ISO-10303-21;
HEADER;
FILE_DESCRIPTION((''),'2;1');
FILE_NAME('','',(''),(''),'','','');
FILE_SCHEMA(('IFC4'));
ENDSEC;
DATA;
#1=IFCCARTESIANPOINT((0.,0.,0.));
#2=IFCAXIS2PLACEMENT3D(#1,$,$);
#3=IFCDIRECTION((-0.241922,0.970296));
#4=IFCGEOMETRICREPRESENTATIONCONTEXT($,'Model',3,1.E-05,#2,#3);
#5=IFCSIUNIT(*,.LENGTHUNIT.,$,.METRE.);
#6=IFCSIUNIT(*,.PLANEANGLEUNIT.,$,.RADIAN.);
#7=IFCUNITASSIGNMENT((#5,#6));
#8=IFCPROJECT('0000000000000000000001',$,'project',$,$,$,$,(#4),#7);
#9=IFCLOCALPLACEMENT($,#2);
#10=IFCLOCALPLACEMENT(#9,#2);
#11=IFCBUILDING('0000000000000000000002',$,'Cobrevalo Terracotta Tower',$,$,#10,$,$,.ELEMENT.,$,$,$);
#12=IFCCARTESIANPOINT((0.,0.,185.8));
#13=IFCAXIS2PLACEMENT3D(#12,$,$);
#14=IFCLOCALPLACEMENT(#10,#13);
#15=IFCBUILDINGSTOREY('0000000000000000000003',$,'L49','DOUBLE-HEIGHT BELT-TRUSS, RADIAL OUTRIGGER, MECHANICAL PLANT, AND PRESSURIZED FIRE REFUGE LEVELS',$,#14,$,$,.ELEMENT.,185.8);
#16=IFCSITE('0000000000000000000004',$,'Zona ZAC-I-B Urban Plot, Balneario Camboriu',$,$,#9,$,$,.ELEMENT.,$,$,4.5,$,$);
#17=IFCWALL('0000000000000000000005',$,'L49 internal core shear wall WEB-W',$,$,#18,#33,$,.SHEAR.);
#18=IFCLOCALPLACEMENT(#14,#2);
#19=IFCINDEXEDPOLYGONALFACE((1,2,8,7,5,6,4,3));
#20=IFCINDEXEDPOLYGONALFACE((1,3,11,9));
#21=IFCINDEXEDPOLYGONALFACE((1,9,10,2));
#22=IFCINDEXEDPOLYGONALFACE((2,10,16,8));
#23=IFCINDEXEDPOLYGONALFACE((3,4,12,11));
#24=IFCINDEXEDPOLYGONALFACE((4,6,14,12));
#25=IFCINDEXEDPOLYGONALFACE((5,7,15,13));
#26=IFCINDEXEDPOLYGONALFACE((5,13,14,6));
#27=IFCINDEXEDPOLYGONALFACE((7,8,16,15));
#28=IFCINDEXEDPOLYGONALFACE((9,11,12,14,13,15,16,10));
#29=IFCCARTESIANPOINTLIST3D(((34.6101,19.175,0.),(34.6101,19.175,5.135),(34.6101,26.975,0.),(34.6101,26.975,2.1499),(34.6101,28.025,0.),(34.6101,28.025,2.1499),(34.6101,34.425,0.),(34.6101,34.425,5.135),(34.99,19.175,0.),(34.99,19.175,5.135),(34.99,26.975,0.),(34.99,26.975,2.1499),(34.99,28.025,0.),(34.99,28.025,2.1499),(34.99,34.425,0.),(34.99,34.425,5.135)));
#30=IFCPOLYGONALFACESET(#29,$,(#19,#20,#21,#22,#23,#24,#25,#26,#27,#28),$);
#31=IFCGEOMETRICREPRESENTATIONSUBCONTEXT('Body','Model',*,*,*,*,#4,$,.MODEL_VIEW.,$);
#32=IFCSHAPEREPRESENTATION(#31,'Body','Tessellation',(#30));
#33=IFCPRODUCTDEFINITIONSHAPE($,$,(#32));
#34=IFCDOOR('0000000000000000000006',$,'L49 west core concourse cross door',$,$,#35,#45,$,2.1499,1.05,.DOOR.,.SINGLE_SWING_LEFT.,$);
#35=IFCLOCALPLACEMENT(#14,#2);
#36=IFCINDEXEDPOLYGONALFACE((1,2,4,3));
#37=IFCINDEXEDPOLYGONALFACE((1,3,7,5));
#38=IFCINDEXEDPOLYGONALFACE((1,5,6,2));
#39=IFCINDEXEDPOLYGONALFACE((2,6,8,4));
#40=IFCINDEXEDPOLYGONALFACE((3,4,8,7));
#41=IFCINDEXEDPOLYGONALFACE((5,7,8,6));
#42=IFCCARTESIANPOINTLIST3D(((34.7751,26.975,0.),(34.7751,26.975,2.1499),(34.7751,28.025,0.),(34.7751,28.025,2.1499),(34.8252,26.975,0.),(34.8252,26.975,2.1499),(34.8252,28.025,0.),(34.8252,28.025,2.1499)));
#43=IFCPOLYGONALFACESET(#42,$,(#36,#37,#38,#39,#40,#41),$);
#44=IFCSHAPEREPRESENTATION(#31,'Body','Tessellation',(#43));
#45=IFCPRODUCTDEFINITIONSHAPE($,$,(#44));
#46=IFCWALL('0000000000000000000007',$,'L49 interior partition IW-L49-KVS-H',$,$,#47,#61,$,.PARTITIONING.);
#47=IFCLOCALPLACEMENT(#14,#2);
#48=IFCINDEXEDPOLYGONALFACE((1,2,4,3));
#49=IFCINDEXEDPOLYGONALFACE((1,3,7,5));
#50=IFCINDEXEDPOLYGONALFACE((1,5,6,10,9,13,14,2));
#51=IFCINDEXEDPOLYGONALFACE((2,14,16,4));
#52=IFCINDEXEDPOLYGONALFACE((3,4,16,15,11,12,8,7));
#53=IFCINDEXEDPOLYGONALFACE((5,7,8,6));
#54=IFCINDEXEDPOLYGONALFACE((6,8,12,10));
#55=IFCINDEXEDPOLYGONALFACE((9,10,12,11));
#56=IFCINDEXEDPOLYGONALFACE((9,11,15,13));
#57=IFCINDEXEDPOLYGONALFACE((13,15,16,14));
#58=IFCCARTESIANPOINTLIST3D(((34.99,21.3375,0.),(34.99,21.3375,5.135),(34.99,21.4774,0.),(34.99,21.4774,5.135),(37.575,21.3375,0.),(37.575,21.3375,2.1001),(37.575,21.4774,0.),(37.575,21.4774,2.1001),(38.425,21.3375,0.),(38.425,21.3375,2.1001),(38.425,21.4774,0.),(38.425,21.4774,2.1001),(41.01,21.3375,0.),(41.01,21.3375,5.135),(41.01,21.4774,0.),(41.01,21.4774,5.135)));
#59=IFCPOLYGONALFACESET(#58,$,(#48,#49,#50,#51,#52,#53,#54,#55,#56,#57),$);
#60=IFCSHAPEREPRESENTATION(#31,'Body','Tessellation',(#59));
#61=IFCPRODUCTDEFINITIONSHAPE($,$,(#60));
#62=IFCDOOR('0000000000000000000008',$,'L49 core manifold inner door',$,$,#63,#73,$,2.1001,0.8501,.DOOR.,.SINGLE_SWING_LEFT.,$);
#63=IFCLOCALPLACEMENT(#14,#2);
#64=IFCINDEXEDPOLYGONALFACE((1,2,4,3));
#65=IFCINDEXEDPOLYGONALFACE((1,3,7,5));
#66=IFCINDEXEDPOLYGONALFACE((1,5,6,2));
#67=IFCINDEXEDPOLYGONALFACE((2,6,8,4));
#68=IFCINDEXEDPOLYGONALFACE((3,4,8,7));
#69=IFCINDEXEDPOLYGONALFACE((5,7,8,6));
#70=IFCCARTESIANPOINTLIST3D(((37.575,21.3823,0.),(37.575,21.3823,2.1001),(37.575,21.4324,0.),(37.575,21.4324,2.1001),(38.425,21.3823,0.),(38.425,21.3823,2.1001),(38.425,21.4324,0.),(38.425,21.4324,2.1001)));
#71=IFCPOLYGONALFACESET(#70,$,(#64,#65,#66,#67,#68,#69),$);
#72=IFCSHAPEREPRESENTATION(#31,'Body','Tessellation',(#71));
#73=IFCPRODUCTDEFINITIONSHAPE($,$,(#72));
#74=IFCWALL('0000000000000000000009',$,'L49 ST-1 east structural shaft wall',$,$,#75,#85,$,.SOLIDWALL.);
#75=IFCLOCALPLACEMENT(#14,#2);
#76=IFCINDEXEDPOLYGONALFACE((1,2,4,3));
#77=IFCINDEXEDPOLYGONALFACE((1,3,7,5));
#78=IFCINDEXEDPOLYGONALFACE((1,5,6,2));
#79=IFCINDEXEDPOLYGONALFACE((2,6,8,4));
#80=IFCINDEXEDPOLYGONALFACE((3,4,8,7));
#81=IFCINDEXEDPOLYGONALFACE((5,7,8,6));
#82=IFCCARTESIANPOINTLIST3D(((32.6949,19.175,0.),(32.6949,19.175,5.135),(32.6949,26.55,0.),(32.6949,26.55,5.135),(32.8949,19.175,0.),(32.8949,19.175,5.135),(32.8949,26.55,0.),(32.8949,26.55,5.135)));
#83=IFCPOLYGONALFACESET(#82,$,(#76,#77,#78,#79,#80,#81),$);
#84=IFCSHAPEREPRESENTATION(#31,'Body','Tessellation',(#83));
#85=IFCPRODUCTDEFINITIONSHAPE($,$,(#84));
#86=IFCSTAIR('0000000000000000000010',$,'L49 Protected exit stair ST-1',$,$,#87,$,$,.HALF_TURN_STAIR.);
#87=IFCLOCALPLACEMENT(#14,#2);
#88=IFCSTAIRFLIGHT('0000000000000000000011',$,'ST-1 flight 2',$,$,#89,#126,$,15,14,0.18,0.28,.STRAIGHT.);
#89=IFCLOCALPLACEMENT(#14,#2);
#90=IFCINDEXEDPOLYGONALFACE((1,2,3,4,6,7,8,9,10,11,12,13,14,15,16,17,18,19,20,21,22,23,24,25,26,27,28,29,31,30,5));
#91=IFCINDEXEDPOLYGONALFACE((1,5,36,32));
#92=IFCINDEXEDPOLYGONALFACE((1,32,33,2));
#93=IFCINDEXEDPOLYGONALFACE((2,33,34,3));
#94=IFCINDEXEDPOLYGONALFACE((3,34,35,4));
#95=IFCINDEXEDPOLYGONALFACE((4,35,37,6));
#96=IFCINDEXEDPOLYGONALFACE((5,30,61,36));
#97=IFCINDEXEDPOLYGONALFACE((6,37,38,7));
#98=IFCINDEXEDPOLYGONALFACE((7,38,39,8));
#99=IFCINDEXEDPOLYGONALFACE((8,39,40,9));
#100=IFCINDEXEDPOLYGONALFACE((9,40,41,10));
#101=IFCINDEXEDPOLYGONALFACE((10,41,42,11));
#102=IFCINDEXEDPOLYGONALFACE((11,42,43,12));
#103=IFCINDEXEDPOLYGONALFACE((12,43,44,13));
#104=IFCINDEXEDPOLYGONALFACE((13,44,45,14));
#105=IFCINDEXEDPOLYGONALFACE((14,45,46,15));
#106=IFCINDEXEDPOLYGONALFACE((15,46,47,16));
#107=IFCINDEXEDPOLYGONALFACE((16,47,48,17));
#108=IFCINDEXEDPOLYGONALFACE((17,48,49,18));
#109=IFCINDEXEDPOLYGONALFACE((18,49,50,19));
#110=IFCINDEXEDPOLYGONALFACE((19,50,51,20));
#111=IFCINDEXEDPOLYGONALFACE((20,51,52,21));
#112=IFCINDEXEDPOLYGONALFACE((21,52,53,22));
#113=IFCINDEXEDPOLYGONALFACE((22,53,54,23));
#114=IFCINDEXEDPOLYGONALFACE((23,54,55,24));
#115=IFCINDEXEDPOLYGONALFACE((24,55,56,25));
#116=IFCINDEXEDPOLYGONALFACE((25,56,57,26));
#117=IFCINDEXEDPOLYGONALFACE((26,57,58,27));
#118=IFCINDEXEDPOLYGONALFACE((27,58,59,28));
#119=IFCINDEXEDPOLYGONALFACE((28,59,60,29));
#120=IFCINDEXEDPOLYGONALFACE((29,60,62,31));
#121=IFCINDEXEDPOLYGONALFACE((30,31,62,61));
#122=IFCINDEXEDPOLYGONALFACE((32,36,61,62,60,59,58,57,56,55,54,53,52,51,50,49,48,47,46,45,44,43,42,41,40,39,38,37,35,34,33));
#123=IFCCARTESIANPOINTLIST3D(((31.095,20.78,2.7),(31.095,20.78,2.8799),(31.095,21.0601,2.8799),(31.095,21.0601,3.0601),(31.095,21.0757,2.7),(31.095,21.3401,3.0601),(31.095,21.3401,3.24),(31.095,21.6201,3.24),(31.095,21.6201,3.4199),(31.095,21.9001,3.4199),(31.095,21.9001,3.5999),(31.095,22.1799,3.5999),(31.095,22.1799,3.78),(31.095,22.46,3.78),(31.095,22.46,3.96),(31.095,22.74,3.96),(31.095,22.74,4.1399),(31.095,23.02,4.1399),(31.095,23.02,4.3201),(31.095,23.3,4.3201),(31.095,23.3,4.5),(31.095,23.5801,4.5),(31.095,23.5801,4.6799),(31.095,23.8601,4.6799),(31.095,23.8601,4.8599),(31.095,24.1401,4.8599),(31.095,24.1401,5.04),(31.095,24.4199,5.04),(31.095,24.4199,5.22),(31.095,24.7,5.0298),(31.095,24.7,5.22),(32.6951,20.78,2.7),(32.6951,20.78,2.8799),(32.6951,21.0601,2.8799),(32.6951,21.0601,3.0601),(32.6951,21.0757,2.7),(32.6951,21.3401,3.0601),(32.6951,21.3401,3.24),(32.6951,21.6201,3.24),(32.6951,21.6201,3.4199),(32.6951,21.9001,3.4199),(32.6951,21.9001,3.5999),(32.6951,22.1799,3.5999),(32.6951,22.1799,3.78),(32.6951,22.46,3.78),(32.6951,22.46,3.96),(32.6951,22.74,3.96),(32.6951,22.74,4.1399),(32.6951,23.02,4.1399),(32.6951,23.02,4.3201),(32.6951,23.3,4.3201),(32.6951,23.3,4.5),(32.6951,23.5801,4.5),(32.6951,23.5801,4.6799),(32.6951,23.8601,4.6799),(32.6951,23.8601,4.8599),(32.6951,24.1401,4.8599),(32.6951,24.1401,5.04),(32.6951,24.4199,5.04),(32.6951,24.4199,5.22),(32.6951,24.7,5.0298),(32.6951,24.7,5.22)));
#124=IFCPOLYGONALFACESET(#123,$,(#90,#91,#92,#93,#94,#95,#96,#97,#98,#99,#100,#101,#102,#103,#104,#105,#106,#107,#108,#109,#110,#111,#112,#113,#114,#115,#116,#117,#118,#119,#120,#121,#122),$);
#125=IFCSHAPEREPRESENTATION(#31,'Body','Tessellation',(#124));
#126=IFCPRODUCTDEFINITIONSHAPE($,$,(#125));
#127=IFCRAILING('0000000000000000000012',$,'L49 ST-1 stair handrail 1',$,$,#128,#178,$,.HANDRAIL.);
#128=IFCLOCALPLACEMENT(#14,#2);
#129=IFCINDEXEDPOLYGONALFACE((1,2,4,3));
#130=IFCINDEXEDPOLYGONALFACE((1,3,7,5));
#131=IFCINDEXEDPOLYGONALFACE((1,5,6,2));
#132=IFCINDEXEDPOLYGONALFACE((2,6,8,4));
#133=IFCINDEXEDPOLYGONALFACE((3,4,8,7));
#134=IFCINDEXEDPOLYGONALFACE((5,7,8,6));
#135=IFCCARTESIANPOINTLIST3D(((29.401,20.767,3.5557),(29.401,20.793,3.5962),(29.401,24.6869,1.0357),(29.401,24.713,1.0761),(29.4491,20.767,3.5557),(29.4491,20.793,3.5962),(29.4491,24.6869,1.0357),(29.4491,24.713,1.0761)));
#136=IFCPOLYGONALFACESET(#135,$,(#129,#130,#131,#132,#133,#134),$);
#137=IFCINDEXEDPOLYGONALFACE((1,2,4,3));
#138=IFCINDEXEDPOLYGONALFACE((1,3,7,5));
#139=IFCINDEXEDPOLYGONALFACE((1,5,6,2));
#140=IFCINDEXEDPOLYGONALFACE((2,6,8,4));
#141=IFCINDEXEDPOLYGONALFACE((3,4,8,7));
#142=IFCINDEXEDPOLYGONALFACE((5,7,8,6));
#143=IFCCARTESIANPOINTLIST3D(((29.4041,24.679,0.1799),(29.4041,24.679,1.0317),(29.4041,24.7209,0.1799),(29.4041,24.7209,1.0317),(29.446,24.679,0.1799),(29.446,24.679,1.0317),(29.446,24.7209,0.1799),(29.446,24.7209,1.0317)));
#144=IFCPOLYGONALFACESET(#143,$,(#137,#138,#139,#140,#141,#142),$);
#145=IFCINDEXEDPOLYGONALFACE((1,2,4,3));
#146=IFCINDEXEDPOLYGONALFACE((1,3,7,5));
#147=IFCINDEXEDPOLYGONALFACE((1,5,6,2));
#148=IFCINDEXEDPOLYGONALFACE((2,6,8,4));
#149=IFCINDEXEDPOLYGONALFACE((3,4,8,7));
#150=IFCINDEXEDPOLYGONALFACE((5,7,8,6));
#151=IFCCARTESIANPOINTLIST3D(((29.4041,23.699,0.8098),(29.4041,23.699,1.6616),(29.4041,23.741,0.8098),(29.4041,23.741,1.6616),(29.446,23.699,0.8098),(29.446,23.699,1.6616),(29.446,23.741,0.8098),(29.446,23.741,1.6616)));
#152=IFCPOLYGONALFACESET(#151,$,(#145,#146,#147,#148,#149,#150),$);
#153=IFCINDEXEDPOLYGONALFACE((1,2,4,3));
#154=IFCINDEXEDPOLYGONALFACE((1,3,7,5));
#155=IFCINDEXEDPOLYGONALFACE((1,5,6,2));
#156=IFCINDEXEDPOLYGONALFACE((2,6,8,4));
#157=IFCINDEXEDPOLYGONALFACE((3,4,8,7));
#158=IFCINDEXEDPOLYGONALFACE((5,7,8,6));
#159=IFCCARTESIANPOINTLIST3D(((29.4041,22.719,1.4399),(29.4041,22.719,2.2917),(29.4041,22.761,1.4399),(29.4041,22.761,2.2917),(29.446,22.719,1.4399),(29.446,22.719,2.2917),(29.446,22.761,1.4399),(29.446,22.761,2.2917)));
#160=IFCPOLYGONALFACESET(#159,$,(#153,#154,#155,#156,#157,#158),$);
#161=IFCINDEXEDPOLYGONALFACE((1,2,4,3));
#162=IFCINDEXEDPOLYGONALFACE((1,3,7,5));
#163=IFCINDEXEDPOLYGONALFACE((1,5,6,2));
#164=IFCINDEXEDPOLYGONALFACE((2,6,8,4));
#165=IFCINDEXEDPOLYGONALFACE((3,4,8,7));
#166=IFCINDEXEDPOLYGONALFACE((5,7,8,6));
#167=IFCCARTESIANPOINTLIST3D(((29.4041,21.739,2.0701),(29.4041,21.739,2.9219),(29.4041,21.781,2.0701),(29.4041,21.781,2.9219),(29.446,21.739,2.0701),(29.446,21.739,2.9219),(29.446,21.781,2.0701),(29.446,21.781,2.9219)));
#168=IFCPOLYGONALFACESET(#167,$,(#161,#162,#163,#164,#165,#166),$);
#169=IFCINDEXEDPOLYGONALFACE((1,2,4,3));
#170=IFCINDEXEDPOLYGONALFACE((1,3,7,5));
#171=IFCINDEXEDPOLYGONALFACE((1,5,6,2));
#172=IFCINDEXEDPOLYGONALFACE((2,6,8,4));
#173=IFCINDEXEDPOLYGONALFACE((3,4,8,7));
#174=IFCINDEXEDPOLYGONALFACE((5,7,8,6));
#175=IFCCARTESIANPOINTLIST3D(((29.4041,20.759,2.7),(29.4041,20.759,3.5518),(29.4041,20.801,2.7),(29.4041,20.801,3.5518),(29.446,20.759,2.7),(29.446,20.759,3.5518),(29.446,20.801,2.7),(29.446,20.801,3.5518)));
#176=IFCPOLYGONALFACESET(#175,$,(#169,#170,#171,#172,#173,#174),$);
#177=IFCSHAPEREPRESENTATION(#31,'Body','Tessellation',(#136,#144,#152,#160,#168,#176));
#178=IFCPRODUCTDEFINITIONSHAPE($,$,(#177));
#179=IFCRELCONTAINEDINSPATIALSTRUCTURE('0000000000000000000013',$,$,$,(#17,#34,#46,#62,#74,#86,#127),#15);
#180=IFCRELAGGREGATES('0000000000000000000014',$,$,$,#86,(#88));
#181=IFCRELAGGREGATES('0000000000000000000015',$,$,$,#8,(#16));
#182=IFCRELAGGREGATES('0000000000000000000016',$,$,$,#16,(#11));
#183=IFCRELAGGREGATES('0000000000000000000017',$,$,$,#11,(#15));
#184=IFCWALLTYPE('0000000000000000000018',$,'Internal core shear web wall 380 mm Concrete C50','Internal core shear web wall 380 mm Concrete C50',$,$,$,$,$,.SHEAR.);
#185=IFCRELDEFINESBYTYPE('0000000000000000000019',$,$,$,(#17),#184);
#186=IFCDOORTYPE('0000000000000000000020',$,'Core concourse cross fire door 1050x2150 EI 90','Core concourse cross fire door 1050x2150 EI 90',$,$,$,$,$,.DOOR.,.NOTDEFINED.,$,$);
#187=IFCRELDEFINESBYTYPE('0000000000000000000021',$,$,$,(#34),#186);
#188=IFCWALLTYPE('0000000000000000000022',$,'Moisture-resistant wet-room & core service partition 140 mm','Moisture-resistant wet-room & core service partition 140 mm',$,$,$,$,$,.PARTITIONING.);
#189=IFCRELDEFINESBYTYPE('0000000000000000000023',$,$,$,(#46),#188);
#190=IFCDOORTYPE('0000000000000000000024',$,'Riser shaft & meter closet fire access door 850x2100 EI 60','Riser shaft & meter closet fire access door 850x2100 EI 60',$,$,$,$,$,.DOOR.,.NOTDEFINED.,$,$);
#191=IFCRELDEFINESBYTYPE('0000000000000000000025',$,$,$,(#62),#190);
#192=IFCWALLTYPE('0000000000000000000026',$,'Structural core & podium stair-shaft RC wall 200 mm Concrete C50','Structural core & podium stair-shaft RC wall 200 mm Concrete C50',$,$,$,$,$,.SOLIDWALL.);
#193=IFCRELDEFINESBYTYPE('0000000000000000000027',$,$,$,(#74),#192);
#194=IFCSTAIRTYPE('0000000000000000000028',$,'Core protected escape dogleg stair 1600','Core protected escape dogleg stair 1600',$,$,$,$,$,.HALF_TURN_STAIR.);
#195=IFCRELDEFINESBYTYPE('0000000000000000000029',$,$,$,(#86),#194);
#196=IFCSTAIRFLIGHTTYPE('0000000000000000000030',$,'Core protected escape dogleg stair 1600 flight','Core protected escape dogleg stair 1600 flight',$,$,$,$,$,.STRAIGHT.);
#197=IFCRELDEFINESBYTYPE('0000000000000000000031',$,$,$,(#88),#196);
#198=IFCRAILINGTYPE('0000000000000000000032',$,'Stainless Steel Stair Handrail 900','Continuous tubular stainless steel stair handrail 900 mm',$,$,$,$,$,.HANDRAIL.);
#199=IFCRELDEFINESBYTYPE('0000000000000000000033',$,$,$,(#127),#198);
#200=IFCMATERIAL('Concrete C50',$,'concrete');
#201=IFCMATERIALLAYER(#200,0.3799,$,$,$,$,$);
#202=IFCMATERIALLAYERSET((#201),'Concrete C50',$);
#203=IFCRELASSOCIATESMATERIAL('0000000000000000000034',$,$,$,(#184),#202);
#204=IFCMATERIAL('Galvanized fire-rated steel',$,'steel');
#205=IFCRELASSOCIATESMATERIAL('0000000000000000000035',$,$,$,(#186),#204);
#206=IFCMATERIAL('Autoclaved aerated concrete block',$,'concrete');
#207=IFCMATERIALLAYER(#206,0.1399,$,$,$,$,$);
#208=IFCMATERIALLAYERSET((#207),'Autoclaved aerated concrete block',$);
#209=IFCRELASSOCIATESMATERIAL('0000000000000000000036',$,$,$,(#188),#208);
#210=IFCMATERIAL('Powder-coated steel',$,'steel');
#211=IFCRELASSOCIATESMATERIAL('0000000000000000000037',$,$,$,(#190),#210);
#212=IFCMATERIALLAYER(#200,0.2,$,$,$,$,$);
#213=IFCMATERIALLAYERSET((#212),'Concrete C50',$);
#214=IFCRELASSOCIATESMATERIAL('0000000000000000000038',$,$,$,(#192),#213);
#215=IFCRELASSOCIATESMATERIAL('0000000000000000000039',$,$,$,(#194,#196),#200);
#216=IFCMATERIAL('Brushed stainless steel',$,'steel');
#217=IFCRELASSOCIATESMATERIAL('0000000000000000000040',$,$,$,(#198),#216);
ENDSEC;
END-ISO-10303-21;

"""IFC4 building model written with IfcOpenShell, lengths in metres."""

from ifc_helpers import new_model, si_unit, direction, frame, frame_2d, origin, origin_2d, place, context, subcontext, project, spatial, polyline, rectangle, outline, extrude, source, transform, mapped, material, layer, layer_set, type_object, element, fill, aggregate, save


model = new_model("IFC4")

# Units and contexts
model_context = context("Model", 3, precision=1e-05, world=origin(), true_north=direction((-0.241922, 0.970296)))
body_context = subcontext(model_context, "Body", "Model", "MODEL_VIEW")
ifc_project = project(units=[si_unit("LENGTHUNIT", "METRE"), si_unit("PLANEANGLEUNIT", "RADIAN")], contexts=[model_context])

# Site, building, storey
site_placement = place(None, origin())
site = spatial("IfcSite", under=ifc_project, at=site_placement, Name="Zona ZAC-I-B Urban Plot, Balneario Camboriu", CompositionType="ELEMENT", RefElevation=4.5)
building_placement = place(site_placement, origin())
building = spatial("IfcBuilding", under=site, at=building_placement, Name="Cobrevalo Terracotta Tower", CompositionType="ELEMENT")
storey_placement = place(building_placement, frame((0.0, 0.0, 185.8)))
storey = spatial("IfcBuildingStorey", under=building, at=storey_placement, Name="L49", Description="DOUBLE-HEIGHT BELT-TRUSS, RADIAL OUTRIGGER, MECHANICAL PLANT, AND PRESSURIZED FIRE REFUGE LEVELS", CompositionType="ELEMENT", Elevation=185.8)

# Shared definitions
ifc_material_1 = material(Name="Galvanized fire-rated steel", Category="steel")

# Shared definitions
ifc_material_2 = material(Name="Autoclaved aerated concrete block", Category="concrete")

# Walls, openings, doors
ifc_material_3 = material(Name="Concrete C50", Category="concrete")
ifc_layer_1 = layer(ifc_material_3, 0.3799)
ifc_layer_set_1 = layer_set([ifc_layer_1], Name="Concrete C50")
wall_type_1 = type_object("IfcWallType", Name="Internal core shear web wall 380 mm Concrete C50", Description="Internal core shear web wall 380 mm Concrete C50", PredefinedType="SHEAR", material=ifc_layer_set_1)
wall_1_placement = place(storey_placement, frame((34.8, 19.175, 0.0), z_axis=(0.0, 0.0, 1.0), x_axis=(0.0, 1.0, 0.0)))
wall_1 = element("IfcWall", 1, at=wall_1_placement, inside=storey, type_object=wall_type_1, Name="L49 internal core shear wall WEB-W", PredefinedType="SHEAR", context=body_context, shape_type="SweptSolid", body=[
    extrude(rectangle(XDim=15.25, YDim=0.3799, at=frame_2d((7.625, 0.0))), origin(), (0.0, 0.0, 1.0), 5.135),
])
opening_1_placement = place(wall_1_placement, frame((7.8, 0.0, 0.0)))
opening_1 = element("IfcOpeningElement", 2, at=opening_1_placement, cuts=wall_1, PredefinedType="OPENING", context=body_context, shape_type="SweptSolid", body=[
    extrude(rectangle(XDim=1.05, YDim=2.1499, at=frame_2d((0.5249, 1.075))), frame((0.0, 0.2, 0.0), z_axis=(0.0, -1.0, 0.0), x_axis=(1.0, 0.0, 0.0)), (0.0, 0.0, 1.0), 0.3999),
])
door_type_1 = type_object("IfcDoorType", Name="Core concourse cross fire door 1050x2150 EI 90", Description="Core concourse cross fire door 1050x2150 EI 90", OperationType="NOTDEFINED", PredefinedType="DOOR", material=ifc_material_1)
shared_shape_1 = source(origin(), body_context, "Body", "SweptSolid", [
    extrude(rectangle(XDim=1.05, YDim=2.1499, at=frame_2d((0.5249, 1.075))), frame((0.0, 0.0249, 0.0), z_axis=(0.0, -1.0, 0.0), x_axis=(1.0, 0.0, 0.0)), (0.0, 0.0, 1.0), 0.05),
])
door_1_placement = place(opening_1_placement, origin())
door_1 = element("IfcDoor", 3, at=door_1_placement, inside=storey, type_object=door_type_1, Name="L49 west core concourse cross door", OperationType="SINGLE_SWING_LEFT", OverallHeight=2.1499, OverallWidth=1.05, PredefinedType="DOOR", context=body_context, shape_type="MappedRepresentation", body=[
    mapped(shared_shape_1, transform((0.0, 0.0, 0.0), scale=1.0)),
])
fill(opening_1, door_1)
ifc_layer_2 = layer(ifc_material_2, 0.1399)
ifc_layer_set_2 = layer_set([ifc_layer_2], Name="Autoclaved aerated concrete block")
wall_type_2 = type_object("IfcWallType", Name="Moisture-resistant wet-room & core service partition 140 mm", Description="Moisture-resistant wet-room & core service partition 140 mm", PredefinedType="PARTITIONING", material=ifc_layer_set_2)
wall_2_placement = place(storey_placement, frame((34.99, 21.4075, 0.0), z_axis=(0.0, 0.0, 1.0), x_axis=(1.0, 0.0, 0.0)))
wall_2 = element("IfcWall", 4, at=wall_2_placement, inside=storey, type_object=wall_type_2, Name="L49 interior partition IW-L49-KVS-H", PredefinedType="PARTITIONING", context=body_context, shape_type="SweptSolid", body=[
    extrude(rectangle(XDim=6.02, YDim=0.1399, at=frame_2d((3.01, 0.0))), origin(), (0.0, 0.0, 1.0), 5.135),
])
opening_2_placement = place(wall_2_placement, frame((2.585, 0.0, 0.0)))
opening_2 = element("IfcOpeningElement", 5, at=opening_2_placement, cuts=wall_2, PredefinedType="OPENING", context=body_context, shape_type="SweptSolid", body=[
    extrude(rectangle(XDim=0.8501, YDim=2.1001, at=frame_2d((0.425, 1.05))), frame((0.0, 0.0801, 0.0), z_axis=(0.0, -1.0, 0.0), x_axis=(1.0, 0.0, 0.0)), (0.0, 0.0, 1.0), 0.1599),
])
ifc_material_4 = material(Name="Powder-coated steel", Category="steel")
door_type_2 = type_object("IfcDoorType", Name="Riser shaft & meter closet fire access door 850x2100 EI 60", Description="Riser shaft & meter closet fire access door 850x2100 EI 60", OperationType="NOTDEFINED", PredefinedType="DOOR", material=ifc_material_4)
shared_shape_2 = source(origin(), body_context, "Body", "SweptSolid", [
    extrude(rectangle(XDim=0.8501, YDim=2.1001, at=frame_2d((0.425, 1.05))), frame((0.0, 0.0249, 0.0), z_axis=(0.0, -1.0, 0.0), x_axis=(1.0, 0.0, 0.0)), (0.0, 0.0, 1.0), 0.05),
])
door_2_placement = place(opening_2_placement, origin())
door_2 = element("IfcDoor", 6, at=door_2_placement, inside=storey, type_object=door_type_2, Name="L49 core manifold inner door", OperationType="SINGLE_SWING_LEFT", OverallHeight=2.1001, OverallWidth=0.8501, PredefinedType="DOOR", context=body_context, shape_type="MappedRepresentation", body=[
    mapped(shared_shape_2, transform((0.0, 0.0, 0.0), scale=1.0)),
])
fill(opening_2, door_2)

# Wall
ifc_layer_3 = layer(ifc_material_3, 0.2)
ifc_layer_set_3 = layer_set([ifc_layer_3], Name="Concrete C50")
wall_type_3 = type_object("IfcWallType", Name="Structural core & podium stair-shaft RC wall 200 mm Concrete C50", Description="Structural core & podium stair-shaft RC wall 200 mm Concrete C50", PredefinedType="SOLIDWALL", material=ifc_layer_set_3)
wall_3_placement = place(storey_placement, frame((32.7949, 19.175, 0.0), z_axis=(0.0, 0.0, 1.0), x_axis=(0.0, 1.0, 0.0)))
element("IfcWall", 7, at=wall_3_placement, inside=storey, type_object=wall_type_3, Name="L49 ST-1 east structural shaft wall", PredefinedType="SOLIDWALL", context=body_context, shape_type="SweptSolid", body=[
    extrude(rectangle(XDim=7.375, YDim=0.2, at=frame_2d((3.6875, 0.0))), origin(), (0.0, 0.0, 1.0), 5.135),
])

# Stair, stair flight
stair_type = type_object("IfcStairType", Name="Core protected escape dogleg stair 1600", Description="Core protected escape dogleg stair 1600", PredefinedType="HALF_TURN_STAIR", material=ifc_material_3)
stair_placement = place(storey_placement, origin())
stair = element("IfcStair", 8, at=stair_placement, inside=storey, type_object=stair_type, Name="L49 Protected exit stair ST-1", PredefinedType="HALF_TURN_STAIR")
stair_flight_type = type_object("IfcStairFlightType", Name="Core protected escape dogleg stair 1600 flight", Description="Core protected escape dogleg stair 1600 flight", PredefinedType="STRAIGHT", material=ifc_material_3)
stair_flight_placement = place(storey_placement, frame((31.895, 20.78, 2.7), z_axis=(0.0, 0.0, 1.0), x_axis=(0.0, 1.0, 0.0)))
stair_flight = element("IfcStairFlight", 9, at=stair_flight_placement, type_object=stair_flight_type, Name="ST-1 flight 2", NumberOfRisers=15, NumberOfTreads=14, PredefinedType="STRAIGHT", RiserHeight=0.18, TreadLength=0.28, context=body_context, shape_type="SweptSolid", body=[
    extrude(outline(polyline([(0.0, 0.0), (0.0, 0.1799), (0.28, 0.1799), (0.28, 0.3601), (0.5601, 0.3601), (0.5601, 0.54), (0.8401, 0.54), (0.8401, 0.72), (1.1201, 0.72), (1.1201, 0.8999), (1.3999, 0.8999), (1.3999, 1.0801), (1.6799, 1.0801), (1.6799, 1.26), (1.96, 1.26), (1.96, 1.4399), (2.24, 1.4399), (2.24, 1.6201), (2.52, 1.6201), (2.52, 1.8), (2.8, 1.8), (2.8, 1.98), (3.0801, 1.98), (3.0801, 2.1599), (3.3601, 2.1599), (3.3601, 2.3401), (3.6399, 2.3401), (3.6399, 2.52), (3.9199, 2.52), (3.9199, 2.7), (3.9199, 2.3298), (0.2957, 0.0), (0.0, 0.0)])), frame((0.0, 0.8, 0.0), z_axis=(0.0, -1.0, 0.0), x_axis=(1.0, 0.0, 0.0)), (0.0, 0.0, 1.0), 1.6001),
])
aggregate(stair, [stair_flight])

# Railing
ifc_material_5 = material(Name="Brushed stainless steel", Category="steel")
railing_type_1 = type_object("IfcRailingType", Name="Stainless Steel Stair Handrail 900", Description="Continuous tubular stainless steel stair handrail 900 mm", PredefinedType="HANDRAIL", material=ifc_material_5)
railing_1_placement = place(storey_placement, frame((29.425, 24.7, 0.1799)))
element("IfcRailing", 10, at=railing_1_placement, inside=storey, type_object=railing_type_1, Name="L49 ST-1 stair handrail 1", PredefinedType="HANDRAIL", context=body_context, shape_type="SweptSolid", body=[
    extrude(rectangle(XDim=0.0481, YDim=0.0481, at=origin_2d()), frame((0.0, 0.0, 0.876), z_axis=(0.0, -0.841172, 0.540768), x_axis=(1.0, 0.0, 0.0)), (0.0, 0.0, 1.0), 4.6602),
    extrude(rectangle(XDim=0.042, YDim=0.042, at=origin_2d()), origin(), (0.0, 0.0, 1.0), 0.8518),
    extrude(rectangle(XDim=0.042, YDim=0.042, at=origin_2d()), frame((0.0, -0.98, 0.6299)), (0.0, 0.0, 1.0), 0.8518),
    extrude(rectangle(XDim=0.042, YDim=0.042, at=origin_2d()), frame((0.0, -1.96, 1.26)), (0.0, 0.0, 1.0), 0.8518),
    extrude(rectangle(XDim=0.042, YDim=0.042, at=origin_2d()), frame((0.0, -2.9399, 1.8901)), (0.0, 0.0, 1.0), 0.8518),
    extrude(rectangle(XDim=0.042, YDim=0.042, at=origin_2d()), frame((0.0, -3.9199, 2.52)), (0.0, 0.0, 1.0), 0.8518),
])

save(model, "model.ifc")
